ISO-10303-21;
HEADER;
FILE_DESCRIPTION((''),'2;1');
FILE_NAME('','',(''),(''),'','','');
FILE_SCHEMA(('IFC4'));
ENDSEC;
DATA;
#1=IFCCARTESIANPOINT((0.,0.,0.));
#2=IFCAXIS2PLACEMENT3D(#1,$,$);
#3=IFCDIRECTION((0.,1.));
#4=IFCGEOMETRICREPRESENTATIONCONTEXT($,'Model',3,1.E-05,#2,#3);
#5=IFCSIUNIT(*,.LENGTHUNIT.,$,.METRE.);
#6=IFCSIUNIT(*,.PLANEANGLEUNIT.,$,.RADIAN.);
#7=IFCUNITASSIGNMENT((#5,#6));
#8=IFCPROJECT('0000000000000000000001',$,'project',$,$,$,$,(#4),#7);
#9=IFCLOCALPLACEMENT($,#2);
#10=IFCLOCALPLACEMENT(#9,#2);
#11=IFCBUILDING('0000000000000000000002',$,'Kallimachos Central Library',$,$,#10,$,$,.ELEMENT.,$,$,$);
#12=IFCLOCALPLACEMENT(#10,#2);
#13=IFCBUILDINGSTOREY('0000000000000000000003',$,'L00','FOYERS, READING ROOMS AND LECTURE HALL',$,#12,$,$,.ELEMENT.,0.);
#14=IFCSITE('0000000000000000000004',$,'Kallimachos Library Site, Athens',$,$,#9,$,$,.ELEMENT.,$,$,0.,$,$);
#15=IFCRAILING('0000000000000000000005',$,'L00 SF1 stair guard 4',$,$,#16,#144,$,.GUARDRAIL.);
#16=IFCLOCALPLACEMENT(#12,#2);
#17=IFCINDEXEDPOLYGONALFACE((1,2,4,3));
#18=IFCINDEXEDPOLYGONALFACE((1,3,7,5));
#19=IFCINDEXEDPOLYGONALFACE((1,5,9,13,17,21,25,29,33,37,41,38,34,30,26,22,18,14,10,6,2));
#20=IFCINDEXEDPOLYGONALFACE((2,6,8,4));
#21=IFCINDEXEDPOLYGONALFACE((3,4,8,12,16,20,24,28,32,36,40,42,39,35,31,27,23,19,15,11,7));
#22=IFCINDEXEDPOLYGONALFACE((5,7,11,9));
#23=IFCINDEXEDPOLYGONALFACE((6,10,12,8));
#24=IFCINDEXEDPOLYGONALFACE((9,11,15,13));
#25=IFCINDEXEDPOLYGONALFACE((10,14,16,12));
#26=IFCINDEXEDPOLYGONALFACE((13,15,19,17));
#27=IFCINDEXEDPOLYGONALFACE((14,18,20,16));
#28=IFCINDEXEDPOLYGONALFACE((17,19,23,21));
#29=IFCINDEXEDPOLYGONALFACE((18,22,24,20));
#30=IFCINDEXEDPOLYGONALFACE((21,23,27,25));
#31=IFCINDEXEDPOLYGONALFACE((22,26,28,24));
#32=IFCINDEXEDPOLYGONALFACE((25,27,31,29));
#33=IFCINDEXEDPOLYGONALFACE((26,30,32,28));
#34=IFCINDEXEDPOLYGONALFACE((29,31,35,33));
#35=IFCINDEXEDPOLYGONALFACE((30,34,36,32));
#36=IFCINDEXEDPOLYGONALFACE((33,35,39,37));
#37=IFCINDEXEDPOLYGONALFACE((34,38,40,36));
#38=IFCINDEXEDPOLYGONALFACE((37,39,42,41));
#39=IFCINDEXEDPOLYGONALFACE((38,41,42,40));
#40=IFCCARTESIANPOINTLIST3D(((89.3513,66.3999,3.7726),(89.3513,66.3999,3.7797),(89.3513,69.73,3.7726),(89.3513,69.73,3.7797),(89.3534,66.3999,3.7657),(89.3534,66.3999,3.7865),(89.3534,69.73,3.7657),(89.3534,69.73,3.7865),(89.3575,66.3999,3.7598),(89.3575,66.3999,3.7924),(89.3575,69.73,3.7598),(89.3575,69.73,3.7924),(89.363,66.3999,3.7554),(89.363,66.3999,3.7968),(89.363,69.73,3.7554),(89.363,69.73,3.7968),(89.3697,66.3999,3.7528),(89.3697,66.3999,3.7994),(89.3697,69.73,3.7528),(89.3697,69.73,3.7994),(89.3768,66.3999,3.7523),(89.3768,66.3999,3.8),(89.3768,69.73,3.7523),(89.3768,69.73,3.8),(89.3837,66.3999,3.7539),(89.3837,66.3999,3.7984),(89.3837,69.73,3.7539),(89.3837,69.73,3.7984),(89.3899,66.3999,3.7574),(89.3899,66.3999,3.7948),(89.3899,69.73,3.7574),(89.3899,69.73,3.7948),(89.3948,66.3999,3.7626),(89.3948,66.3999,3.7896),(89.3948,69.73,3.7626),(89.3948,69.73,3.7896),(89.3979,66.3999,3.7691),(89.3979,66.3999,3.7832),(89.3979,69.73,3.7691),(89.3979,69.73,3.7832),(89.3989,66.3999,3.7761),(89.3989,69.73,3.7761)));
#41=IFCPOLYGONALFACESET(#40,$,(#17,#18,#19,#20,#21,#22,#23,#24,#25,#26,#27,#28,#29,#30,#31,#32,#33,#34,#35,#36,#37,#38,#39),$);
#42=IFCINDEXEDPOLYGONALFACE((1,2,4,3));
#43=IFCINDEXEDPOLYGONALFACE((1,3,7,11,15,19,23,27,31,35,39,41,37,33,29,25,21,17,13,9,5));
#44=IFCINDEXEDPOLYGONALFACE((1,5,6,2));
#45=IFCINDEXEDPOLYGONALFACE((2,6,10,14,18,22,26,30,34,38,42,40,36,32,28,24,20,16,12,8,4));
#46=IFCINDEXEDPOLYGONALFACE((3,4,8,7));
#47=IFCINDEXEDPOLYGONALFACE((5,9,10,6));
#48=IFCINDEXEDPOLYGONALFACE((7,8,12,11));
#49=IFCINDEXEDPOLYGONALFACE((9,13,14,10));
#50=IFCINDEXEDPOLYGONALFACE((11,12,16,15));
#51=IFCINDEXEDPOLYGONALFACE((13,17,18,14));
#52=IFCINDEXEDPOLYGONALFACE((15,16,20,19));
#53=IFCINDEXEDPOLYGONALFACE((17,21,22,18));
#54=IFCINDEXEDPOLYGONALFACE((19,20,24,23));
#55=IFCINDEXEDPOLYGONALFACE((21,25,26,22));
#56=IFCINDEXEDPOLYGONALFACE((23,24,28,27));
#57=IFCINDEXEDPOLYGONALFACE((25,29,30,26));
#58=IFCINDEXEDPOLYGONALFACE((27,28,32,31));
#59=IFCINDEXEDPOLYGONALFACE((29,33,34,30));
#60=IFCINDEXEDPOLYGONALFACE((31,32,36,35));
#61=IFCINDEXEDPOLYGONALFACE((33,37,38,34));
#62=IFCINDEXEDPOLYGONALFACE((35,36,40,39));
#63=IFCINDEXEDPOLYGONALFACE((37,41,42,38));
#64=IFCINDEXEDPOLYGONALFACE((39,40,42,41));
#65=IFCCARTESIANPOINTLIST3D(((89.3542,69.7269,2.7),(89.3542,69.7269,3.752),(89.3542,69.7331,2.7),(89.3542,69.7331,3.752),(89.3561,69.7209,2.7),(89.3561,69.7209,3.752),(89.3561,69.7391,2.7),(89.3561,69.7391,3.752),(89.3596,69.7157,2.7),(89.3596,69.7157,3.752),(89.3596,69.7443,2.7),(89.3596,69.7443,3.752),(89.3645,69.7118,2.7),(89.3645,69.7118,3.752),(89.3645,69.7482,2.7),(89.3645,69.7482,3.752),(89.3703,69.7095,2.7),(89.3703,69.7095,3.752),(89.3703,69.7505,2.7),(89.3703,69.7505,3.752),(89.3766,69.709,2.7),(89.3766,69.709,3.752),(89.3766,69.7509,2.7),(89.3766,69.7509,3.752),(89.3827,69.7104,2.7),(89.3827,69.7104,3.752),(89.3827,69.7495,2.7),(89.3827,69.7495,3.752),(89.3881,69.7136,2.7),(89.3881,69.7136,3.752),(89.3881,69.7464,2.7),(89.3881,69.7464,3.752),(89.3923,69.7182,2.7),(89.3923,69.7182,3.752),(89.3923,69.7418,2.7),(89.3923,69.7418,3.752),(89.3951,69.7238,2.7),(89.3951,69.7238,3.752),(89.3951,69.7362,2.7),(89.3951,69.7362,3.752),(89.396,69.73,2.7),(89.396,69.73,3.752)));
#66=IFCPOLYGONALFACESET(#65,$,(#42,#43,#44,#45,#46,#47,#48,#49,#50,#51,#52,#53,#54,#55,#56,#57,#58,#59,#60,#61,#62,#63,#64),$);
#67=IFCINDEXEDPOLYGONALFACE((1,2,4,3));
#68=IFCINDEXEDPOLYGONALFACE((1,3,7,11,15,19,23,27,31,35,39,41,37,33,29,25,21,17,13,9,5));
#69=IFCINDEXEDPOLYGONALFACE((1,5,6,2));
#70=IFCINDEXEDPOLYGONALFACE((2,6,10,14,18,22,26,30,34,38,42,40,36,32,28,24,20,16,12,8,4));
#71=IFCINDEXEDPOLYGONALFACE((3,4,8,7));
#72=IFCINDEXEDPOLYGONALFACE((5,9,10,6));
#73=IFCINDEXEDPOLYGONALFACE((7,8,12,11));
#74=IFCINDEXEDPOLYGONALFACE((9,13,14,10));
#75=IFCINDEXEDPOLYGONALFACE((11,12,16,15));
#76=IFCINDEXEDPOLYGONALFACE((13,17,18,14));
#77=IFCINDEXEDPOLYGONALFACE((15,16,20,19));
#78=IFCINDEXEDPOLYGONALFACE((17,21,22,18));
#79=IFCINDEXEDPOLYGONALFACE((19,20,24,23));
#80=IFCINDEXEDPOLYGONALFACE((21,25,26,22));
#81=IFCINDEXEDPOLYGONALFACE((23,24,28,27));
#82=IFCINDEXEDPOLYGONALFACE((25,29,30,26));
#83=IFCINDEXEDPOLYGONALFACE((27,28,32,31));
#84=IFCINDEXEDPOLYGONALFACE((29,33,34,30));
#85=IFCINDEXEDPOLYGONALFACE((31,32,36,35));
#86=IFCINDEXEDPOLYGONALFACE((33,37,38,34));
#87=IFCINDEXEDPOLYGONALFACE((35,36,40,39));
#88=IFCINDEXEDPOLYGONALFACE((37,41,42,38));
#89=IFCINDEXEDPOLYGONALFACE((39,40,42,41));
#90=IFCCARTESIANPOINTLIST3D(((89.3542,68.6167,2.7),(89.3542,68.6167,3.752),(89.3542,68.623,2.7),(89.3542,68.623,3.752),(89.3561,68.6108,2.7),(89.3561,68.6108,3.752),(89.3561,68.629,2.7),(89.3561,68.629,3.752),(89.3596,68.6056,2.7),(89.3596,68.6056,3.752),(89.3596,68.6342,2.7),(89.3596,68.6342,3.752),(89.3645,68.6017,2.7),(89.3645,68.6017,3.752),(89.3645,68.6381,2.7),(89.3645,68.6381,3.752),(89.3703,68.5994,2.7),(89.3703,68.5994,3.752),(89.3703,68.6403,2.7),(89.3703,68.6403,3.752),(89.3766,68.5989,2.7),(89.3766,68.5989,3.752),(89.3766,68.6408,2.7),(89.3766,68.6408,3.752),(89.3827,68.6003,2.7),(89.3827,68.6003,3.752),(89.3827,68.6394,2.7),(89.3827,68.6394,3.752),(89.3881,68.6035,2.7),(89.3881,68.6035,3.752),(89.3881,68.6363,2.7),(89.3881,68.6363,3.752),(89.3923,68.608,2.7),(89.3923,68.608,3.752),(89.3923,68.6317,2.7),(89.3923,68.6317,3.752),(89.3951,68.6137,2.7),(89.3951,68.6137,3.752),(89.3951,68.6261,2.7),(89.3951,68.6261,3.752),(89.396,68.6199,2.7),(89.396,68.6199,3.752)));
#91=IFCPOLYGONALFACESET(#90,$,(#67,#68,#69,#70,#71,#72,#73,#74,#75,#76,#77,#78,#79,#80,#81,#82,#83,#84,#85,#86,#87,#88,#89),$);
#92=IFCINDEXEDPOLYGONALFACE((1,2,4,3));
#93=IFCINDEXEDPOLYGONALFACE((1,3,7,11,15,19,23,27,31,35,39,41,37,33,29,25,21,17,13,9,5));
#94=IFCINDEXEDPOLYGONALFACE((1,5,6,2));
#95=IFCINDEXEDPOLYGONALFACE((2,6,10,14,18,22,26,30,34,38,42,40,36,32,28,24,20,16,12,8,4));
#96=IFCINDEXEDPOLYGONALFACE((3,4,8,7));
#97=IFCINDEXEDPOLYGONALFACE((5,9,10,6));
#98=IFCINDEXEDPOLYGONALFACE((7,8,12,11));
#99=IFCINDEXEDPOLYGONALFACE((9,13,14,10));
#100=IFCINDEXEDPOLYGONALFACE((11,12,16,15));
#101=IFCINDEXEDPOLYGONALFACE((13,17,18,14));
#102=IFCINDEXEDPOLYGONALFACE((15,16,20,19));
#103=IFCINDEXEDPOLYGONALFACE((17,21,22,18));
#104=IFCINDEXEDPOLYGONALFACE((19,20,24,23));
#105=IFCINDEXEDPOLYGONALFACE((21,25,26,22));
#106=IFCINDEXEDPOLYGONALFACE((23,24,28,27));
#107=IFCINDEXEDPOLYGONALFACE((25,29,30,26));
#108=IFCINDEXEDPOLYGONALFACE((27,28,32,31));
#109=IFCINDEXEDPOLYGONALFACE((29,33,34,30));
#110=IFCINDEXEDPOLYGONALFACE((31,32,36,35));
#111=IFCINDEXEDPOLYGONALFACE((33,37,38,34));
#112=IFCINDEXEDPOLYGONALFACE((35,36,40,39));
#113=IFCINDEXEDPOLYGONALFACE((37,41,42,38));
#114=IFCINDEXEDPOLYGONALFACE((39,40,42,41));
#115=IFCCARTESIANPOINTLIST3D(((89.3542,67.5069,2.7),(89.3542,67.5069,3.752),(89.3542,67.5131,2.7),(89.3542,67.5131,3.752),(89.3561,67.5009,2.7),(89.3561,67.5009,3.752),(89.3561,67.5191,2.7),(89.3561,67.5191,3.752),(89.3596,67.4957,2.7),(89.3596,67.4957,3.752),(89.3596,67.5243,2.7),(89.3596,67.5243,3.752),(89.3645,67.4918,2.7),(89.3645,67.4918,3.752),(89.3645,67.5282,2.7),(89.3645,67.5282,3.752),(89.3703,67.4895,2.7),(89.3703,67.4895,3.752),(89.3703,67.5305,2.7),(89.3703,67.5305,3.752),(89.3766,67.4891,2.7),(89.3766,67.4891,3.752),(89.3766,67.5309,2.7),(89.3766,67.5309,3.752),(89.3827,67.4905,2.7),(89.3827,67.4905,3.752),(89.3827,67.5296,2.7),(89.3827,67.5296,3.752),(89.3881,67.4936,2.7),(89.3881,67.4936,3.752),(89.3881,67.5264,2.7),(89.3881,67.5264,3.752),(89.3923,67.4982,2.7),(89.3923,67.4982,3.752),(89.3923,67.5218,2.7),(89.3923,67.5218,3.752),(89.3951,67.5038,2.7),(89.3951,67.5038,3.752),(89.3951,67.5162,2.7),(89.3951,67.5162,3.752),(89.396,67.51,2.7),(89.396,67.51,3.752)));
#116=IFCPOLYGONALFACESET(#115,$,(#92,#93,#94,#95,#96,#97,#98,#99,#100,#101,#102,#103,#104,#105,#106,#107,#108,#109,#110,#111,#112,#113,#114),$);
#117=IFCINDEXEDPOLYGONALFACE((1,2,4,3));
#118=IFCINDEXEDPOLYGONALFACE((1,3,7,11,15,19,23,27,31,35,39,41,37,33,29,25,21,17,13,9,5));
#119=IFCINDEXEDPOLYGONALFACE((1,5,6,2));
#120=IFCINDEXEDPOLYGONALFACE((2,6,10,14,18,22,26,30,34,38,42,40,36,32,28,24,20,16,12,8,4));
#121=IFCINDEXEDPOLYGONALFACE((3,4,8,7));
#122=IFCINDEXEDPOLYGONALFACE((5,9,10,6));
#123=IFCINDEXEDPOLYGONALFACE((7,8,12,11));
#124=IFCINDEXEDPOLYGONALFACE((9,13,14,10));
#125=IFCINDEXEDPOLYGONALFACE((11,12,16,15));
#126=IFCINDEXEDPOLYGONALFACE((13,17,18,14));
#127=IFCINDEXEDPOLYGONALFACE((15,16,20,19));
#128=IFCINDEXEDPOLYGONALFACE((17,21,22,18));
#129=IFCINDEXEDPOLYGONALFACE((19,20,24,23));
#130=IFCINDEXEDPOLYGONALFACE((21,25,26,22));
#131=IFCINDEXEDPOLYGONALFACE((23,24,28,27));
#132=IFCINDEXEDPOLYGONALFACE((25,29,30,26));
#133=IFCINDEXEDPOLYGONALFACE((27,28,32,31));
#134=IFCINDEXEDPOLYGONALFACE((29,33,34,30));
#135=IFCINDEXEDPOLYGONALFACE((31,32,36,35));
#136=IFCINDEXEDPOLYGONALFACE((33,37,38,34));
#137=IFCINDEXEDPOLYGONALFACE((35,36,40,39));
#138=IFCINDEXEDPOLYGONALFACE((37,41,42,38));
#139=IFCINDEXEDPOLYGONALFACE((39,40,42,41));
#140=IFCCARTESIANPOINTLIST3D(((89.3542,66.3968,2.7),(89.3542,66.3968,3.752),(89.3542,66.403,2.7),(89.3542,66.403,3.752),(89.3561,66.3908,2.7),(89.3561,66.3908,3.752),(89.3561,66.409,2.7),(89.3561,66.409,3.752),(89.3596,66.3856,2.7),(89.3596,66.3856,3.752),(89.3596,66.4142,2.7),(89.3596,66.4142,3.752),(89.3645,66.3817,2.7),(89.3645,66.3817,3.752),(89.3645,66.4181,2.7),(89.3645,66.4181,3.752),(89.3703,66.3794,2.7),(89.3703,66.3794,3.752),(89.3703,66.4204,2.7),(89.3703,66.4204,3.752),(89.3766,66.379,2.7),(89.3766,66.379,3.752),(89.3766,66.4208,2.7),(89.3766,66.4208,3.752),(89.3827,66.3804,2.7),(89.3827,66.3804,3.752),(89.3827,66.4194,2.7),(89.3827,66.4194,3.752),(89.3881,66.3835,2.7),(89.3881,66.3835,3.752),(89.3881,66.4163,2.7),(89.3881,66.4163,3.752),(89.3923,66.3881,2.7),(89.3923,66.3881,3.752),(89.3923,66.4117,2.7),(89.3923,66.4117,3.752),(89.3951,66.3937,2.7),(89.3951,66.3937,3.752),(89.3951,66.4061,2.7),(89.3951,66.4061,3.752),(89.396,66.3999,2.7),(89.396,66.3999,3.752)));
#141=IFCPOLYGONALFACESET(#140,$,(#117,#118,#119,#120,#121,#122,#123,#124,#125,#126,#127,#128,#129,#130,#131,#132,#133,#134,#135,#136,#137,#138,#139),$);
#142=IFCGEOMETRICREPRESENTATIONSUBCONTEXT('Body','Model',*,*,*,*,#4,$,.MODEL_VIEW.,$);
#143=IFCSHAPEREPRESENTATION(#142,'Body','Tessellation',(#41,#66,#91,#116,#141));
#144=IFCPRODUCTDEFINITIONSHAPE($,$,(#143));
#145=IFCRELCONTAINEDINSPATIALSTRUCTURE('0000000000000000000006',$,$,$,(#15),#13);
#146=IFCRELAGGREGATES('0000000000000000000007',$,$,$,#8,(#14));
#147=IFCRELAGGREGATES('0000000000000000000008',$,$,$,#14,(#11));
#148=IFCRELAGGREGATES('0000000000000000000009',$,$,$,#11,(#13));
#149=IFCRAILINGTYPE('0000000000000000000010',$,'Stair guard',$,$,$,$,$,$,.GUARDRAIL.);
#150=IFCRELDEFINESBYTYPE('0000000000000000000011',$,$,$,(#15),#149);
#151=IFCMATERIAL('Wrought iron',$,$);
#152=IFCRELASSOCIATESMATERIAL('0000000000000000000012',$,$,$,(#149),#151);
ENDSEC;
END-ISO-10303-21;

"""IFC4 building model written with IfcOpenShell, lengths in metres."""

from ifc_helpers import new_model, si_unit, direction, frame, origin, origin_2d, place, context, subcontext, project, spatial, circle, extrude, material, type_object, element, save


model = new_model("IFC4")

# Units and contexts
model_context = context("Model", 3, precision=1e-05, world=origin(), true_north=direction((0.0, 1.0)))
body_context = subcontext(model_context, "Body", "Model", "MODEL_VIEW")
ifc_project = project(units=[si_unit("LENGTHUNIT", "METRE"), si_unit("PLANEANGLEUNIT", "RADIAN")], contexts=[model_context])

# Site, building, storey
site_placement = place(None, origin())
site = spatial("IfcSite", under=ifc_project, at=site_placement, Name="Kallimachos Library Site, Athens", CompositionType="ELEMENT", RefElevation=0.0)
building_placement = place(site_placement, origin())
building = spatial("IfcBuilding", under=site, at=building_placement, Name="Kallimachos Central Library", CompositionType="ELEMENT")
storey_placement = place(building_placement, origin())
storey = spatial("IfcBuildingStorey", under=building, at=storey_placement, Name="L00", Description="FOYERS, READING ROOMS AND LECTURE HALL", CompositionType="ELEMENT", Elevation=0.0)

# Railing
ifc_material_1 = material(Name="Wrought iron")
railing_type_1 = type_object("IfcRailingType", Name="Stair guard", PredefinedType="GUARDRAIL", material=ifc_material_1)
for number, where, name in (
    (1, (89.375, 69.73, 2.7), "L00 SF1 stair guard 4"),
):
    element("IfcRailing", number, at=place(storey_placement, frame(where)), inside=storey, type_object=railing_type_1, Name=name, PredefinedType="GUARDRAIL", context=body_context, shape_type="SweptSolid", body=[
        extrude(circle(Radius=0.0239, at=origin_2d()), frame((0.0, 0.0, 1.0762), z_axis=(0.0, -1.0, 0.0), x_axis=(1.0, 0.0, 0.0)), (0.0, 0.0, 1.0), 3.3301),
        extrude(circle(Radius=0.021, at=origin_2d()), origin(), (0.0, 0.0, 1.0), 1.052),
        extrude(circle(Radius=0.021, at=origin_2d()), frame((0.0, -1.1101, 0.0)), (0.0, 0.0, 1.0), 1.052),
        extrude(circle(Radius=0.021, at=origin_2d()), frame((0.0, -2.22, 0.0)), (0.0, 0.0, 1.0), 1.052),
        extrude(circle(Radius=0.021, at=origin_2d()), frame((0.0, -3.3301, 0.0)), (0.0, 0.0, 1.0), 1.052),
    ])

save(model, "model.ifc")
